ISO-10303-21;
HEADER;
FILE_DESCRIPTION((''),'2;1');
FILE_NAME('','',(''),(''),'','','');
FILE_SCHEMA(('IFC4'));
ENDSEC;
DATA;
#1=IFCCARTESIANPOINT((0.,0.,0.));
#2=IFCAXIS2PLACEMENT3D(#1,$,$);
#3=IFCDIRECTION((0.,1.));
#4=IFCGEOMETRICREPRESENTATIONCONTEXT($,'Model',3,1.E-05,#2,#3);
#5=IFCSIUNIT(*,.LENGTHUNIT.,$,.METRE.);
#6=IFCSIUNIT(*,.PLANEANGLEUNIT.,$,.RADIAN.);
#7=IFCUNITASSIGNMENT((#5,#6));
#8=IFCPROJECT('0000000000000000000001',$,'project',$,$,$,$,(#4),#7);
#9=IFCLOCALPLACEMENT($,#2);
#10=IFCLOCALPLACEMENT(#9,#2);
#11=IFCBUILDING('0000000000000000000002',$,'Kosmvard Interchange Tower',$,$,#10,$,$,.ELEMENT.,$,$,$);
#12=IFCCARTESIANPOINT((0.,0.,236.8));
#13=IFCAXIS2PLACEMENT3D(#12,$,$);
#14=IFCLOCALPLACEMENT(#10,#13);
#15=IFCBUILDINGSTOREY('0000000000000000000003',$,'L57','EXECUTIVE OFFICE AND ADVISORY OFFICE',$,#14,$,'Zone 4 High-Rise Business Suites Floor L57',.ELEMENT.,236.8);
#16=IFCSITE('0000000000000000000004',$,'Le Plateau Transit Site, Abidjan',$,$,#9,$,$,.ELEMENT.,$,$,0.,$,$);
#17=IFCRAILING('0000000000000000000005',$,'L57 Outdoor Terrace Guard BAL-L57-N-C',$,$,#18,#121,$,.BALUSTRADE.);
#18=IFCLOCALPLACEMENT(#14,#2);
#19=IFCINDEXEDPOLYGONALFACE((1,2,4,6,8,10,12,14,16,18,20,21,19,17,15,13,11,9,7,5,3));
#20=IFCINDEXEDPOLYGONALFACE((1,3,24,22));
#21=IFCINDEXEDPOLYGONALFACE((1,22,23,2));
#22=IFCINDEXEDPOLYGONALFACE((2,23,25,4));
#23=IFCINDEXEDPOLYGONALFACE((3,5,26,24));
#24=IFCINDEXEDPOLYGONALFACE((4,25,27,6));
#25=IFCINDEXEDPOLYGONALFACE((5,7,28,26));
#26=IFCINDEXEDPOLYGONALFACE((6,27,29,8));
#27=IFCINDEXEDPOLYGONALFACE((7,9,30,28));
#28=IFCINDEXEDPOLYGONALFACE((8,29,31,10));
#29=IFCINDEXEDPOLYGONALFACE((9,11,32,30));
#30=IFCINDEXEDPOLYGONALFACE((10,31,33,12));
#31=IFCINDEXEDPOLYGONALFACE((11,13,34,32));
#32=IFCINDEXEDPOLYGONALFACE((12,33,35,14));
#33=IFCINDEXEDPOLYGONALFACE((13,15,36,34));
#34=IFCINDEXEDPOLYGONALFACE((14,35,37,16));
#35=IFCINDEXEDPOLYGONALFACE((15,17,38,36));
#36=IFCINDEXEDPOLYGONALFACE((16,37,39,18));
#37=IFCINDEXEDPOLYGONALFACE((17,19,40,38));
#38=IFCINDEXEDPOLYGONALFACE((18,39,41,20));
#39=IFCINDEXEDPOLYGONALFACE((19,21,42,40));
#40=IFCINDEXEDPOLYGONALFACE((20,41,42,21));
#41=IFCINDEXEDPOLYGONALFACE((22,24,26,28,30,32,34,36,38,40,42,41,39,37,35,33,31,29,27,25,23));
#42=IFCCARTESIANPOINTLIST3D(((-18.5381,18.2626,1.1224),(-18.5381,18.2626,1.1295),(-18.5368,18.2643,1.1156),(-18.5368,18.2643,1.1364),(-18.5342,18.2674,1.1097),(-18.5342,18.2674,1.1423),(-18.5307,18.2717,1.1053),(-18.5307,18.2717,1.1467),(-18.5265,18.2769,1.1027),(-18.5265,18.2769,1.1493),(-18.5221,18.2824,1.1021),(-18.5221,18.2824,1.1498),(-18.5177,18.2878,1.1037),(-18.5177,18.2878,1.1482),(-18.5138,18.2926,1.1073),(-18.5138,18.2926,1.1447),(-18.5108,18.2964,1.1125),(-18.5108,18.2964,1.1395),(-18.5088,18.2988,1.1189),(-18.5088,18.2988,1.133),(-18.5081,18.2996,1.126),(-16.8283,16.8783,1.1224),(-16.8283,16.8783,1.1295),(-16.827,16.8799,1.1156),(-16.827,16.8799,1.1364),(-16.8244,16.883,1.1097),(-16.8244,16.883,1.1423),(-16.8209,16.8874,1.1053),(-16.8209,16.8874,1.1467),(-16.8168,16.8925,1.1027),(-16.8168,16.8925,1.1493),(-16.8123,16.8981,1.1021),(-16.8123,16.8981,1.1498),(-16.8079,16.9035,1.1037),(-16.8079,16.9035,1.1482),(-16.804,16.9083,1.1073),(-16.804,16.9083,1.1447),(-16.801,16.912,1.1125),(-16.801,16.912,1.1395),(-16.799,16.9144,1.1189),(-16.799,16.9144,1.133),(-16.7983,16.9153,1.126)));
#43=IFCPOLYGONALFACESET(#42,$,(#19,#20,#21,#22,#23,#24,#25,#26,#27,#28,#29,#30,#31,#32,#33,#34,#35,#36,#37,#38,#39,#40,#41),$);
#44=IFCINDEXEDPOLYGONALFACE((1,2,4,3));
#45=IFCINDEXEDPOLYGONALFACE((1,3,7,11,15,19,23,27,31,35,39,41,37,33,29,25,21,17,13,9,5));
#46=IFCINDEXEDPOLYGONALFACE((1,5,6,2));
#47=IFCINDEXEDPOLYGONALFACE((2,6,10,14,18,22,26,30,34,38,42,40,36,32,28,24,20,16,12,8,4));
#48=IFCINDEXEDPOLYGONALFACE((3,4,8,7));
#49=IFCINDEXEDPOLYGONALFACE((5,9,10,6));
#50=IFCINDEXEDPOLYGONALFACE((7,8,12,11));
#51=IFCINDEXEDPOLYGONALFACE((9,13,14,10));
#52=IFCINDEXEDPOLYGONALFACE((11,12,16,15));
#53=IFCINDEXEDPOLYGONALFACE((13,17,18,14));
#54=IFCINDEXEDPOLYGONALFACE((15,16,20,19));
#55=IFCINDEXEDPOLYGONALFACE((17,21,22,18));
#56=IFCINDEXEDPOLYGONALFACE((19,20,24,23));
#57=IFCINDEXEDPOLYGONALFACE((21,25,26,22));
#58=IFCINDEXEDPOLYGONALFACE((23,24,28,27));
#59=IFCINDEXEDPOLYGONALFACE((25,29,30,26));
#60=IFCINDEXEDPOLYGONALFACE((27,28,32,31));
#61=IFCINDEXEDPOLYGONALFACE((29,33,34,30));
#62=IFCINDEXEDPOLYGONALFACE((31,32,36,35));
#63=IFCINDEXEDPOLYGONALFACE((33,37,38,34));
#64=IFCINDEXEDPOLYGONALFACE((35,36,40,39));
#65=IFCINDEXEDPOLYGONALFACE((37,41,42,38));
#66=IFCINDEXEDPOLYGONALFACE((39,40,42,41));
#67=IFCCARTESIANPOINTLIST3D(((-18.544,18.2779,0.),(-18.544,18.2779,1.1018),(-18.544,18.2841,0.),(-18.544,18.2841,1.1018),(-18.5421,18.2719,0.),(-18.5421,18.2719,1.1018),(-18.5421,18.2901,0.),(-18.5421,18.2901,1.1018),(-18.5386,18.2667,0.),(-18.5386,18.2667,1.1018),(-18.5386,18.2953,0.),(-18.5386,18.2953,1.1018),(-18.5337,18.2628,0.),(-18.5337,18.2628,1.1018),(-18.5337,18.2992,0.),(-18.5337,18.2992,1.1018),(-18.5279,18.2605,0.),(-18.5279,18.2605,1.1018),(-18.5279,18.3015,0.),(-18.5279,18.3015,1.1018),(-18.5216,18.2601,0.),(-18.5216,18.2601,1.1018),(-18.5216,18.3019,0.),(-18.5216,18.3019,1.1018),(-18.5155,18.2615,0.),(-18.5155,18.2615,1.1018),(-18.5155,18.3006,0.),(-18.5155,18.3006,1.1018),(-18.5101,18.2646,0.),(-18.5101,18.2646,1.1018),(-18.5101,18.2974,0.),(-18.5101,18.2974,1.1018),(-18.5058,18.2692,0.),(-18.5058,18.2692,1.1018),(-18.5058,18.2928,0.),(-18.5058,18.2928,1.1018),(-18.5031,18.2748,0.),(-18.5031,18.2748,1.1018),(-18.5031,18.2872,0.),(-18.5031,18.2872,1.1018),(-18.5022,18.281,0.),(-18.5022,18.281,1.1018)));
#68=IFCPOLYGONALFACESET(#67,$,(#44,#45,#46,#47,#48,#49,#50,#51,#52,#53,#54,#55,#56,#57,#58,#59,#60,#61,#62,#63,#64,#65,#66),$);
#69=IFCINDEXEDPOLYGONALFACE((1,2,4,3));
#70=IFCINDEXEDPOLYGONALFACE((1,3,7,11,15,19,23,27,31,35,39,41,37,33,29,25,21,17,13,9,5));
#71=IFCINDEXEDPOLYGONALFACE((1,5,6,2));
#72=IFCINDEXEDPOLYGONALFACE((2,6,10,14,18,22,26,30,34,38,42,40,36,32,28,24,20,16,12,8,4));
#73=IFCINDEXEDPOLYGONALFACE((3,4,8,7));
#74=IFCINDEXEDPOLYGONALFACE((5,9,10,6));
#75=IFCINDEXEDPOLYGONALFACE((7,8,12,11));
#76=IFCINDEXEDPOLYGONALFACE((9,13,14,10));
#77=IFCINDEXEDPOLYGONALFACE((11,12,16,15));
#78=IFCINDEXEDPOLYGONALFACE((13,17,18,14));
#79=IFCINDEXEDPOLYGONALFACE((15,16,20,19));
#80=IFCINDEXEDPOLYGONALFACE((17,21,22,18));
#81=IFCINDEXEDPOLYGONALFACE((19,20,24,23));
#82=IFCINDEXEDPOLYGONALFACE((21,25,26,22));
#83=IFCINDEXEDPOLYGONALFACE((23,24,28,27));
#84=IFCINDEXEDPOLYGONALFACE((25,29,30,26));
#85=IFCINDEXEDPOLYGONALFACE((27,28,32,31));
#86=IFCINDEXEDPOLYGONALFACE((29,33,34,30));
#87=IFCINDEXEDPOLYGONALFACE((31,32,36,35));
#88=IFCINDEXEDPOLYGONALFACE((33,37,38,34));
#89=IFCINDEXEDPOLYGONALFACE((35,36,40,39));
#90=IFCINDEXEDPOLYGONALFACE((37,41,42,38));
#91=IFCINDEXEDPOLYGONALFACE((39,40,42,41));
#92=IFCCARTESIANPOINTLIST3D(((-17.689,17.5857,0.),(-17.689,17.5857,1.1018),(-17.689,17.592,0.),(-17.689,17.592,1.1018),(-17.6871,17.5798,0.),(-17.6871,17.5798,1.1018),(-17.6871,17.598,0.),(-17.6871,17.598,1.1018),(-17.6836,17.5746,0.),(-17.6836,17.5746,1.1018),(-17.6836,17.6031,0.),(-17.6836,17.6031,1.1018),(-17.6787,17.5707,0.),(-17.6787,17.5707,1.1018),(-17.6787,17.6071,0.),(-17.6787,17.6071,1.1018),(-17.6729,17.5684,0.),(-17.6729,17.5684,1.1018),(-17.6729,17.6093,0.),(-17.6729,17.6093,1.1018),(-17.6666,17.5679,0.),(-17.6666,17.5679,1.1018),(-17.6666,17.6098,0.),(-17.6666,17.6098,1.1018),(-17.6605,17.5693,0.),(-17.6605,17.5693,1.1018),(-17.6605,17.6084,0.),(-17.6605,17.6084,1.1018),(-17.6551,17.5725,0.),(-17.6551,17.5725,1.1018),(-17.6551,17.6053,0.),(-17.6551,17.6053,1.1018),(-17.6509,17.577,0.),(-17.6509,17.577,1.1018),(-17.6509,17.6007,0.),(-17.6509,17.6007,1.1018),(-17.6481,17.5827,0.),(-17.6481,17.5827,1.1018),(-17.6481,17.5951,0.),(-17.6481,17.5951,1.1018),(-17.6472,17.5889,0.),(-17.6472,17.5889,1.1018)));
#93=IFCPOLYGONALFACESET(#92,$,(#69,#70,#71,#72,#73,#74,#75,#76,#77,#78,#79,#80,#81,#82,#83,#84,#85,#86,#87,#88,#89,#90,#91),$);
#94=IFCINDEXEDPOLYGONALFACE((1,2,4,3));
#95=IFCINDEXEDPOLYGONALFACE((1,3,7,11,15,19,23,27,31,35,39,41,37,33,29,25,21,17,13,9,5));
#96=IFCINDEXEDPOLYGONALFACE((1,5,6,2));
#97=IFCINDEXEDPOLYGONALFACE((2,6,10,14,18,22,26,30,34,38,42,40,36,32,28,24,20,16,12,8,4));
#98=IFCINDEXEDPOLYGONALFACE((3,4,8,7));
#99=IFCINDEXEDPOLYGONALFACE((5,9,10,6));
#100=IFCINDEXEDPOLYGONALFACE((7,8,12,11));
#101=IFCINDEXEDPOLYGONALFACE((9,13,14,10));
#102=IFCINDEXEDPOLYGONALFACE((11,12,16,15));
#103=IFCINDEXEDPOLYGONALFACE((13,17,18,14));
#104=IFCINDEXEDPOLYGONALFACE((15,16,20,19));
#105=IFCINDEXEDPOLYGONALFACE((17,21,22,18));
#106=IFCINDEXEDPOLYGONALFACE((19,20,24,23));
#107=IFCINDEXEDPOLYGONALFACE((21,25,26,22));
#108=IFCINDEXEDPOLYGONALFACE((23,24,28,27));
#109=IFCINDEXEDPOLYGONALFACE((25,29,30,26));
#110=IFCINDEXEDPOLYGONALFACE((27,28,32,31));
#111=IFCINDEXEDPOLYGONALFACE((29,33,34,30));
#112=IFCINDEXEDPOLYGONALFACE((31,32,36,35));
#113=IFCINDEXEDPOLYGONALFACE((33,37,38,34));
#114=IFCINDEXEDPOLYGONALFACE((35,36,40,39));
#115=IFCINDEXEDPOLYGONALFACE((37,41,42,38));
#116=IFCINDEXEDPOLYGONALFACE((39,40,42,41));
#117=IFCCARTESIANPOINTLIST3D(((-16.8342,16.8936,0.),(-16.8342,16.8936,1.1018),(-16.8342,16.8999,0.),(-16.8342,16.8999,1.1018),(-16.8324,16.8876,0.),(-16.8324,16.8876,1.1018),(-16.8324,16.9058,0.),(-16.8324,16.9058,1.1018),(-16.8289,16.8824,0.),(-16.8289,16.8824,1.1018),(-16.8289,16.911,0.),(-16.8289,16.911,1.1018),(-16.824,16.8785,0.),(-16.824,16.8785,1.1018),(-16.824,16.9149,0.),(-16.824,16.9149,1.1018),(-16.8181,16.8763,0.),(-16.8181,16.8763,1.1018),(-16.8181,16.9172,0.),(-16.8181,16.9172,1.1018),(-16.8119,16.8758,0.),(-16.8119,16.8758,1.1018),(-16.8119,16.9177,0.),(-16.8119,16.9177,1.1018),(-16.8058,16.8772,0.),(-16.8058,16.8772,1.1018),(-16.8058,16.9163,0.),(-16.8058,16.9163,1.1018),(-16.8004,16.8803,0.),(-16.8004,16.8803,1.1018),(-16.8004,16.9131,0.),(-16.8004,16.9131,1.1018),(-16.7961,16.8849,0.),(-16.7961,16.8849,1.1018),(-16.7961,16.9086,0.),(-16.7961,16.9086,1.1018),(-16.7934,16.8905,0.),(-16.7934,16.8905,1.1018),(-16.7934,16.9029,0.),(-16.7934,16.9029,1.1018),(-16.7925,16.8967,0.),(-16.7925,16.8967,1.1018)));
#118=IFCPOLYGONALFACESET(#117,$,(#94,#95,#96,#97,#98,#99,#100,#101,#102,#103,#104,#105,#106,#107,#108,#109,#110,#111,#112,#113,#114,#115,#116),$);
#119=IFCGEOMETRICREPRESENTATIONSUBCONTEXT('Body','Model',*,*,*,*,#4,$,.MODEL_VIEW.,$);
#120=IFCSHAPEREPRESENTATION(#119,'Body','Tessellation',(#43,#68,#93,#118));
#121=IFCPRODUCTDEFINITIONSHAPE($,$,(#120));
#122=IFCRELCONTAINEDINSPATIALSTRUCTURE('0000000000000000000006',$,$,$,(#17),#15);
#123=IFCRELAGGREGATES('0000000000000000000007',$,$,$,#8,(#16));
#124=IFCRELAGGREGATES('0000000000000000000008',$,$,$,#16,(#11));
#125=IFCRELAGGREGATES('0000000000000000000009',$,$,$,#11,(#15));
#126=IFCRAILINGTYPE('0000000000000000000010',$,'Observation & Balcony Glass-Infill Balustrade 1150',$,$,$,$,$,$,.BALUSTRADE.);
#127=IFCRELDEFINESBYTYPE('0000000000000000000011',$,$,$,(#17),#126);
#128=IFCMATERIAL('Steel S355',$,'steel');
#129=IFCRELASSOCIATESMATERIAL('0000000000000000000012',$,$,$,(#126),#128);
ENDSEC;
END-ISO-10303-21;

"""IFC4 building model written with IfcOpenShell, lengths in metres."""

from ifc_helpers import new_model, si_unit, direction, frame, origin, origin_2d, place, context, subcontext, project, spatial, circle, extrude, source, transform, mapped, material, type_object, element, save


model = new_model("IFC4")

# Units and contexts
model_context = context("Model", 3, precision=1e-05, world=origin(), true_north=direction((0.0, 1.0)))
body_context = subcontext(model_context, "Body", "Model", "MODEL_VIEW")
ifc_project = project(units=[si_unit("LENGTHUNIT", "METRE"), si_unit("PLANEANGLEUNIT", "RADIAN")], contexts=[model_context])

# Site, building, storey
site_placement = place(None, origin())
site = spatial("IfcSite", under=ifc_project, at=site_placement, Name="Le Plateau Transit Site, Abidjan", CompositionType="ELEMENT", RefElevation=0.0)
building_placement = place(site_placement, origin())
building = spatial("IfcBuilding", under=site, at=building_placement, Name="Kosmvard Interchange Tower", CompositionType="ELEMENT")
storey_placement = place(building_placement, frame((0.0, 0.0, 236.8)))
storey = spatial("IfcBuildingStorey", under=building, at=storey_placement, Name="L57", Description="EXECUTIVE OFFICE AND ADVISORY OFFICE", LongName="Zone 4 High-Rise Business Suites Floor L57", CompositionType="ELEMENT", Elevation=236.8)

# Shared definitions
ifc_material_1 = material(Name="Steel S355", Category="steel")

# Railing
railing_type = type_object("IfcRailingType", Name="Observation & Balcony Glass-Infill Balustrade 1150", PredefinedType="BALUSTRADE", material=ifc_material_1)
shared_shape_1 = source(origin(), body_context, "Body", "SweptSolid", [
    extrude(circle(Radius=0.0239, at=origin_2d()), frame((0.0, 0.0, 1.126), z_axis=(0.777196, -0.629259, 0.0), x_axis=(0.629259, 0.777196, 0.0)), (0.0, 0.0, 1.0), 2.2),
    extrude(circle(Radius=0.021, at=origin_2d()), origin(), (0.0, 0.0, 1.0), 1.1018),
    extrude(circle(Radius=0.021, at=origin_2d()), frame((0.855, -0.6921, 0.0)), (0.0, 0.0, 1.0), 1.1018),
    extrude(circle(Radius=0.021, at=origin_2d()), frame((1.7097, -1.3843, 0.0)), (0.0, 0.0, 1.0), 1.1018),
])
railing_1_placement = place(storey_placement, frame((-18.5232, 18.281, 0.0)))
element("IfcRailing", 1, at=railing_1_placement, inside=storey, type_object=railing_type, Name="L57 Outdoor Terrace Guard BAL-L57-N-C", PredefinedType="BALUSTRADE", context=body_context, shape_type="MappedRepresentation", body=[
    mapped(shared_shape_1, transform((0.0, 0.0, 0.0), scale=1.0)),
])

save(model, "model.ifc")
